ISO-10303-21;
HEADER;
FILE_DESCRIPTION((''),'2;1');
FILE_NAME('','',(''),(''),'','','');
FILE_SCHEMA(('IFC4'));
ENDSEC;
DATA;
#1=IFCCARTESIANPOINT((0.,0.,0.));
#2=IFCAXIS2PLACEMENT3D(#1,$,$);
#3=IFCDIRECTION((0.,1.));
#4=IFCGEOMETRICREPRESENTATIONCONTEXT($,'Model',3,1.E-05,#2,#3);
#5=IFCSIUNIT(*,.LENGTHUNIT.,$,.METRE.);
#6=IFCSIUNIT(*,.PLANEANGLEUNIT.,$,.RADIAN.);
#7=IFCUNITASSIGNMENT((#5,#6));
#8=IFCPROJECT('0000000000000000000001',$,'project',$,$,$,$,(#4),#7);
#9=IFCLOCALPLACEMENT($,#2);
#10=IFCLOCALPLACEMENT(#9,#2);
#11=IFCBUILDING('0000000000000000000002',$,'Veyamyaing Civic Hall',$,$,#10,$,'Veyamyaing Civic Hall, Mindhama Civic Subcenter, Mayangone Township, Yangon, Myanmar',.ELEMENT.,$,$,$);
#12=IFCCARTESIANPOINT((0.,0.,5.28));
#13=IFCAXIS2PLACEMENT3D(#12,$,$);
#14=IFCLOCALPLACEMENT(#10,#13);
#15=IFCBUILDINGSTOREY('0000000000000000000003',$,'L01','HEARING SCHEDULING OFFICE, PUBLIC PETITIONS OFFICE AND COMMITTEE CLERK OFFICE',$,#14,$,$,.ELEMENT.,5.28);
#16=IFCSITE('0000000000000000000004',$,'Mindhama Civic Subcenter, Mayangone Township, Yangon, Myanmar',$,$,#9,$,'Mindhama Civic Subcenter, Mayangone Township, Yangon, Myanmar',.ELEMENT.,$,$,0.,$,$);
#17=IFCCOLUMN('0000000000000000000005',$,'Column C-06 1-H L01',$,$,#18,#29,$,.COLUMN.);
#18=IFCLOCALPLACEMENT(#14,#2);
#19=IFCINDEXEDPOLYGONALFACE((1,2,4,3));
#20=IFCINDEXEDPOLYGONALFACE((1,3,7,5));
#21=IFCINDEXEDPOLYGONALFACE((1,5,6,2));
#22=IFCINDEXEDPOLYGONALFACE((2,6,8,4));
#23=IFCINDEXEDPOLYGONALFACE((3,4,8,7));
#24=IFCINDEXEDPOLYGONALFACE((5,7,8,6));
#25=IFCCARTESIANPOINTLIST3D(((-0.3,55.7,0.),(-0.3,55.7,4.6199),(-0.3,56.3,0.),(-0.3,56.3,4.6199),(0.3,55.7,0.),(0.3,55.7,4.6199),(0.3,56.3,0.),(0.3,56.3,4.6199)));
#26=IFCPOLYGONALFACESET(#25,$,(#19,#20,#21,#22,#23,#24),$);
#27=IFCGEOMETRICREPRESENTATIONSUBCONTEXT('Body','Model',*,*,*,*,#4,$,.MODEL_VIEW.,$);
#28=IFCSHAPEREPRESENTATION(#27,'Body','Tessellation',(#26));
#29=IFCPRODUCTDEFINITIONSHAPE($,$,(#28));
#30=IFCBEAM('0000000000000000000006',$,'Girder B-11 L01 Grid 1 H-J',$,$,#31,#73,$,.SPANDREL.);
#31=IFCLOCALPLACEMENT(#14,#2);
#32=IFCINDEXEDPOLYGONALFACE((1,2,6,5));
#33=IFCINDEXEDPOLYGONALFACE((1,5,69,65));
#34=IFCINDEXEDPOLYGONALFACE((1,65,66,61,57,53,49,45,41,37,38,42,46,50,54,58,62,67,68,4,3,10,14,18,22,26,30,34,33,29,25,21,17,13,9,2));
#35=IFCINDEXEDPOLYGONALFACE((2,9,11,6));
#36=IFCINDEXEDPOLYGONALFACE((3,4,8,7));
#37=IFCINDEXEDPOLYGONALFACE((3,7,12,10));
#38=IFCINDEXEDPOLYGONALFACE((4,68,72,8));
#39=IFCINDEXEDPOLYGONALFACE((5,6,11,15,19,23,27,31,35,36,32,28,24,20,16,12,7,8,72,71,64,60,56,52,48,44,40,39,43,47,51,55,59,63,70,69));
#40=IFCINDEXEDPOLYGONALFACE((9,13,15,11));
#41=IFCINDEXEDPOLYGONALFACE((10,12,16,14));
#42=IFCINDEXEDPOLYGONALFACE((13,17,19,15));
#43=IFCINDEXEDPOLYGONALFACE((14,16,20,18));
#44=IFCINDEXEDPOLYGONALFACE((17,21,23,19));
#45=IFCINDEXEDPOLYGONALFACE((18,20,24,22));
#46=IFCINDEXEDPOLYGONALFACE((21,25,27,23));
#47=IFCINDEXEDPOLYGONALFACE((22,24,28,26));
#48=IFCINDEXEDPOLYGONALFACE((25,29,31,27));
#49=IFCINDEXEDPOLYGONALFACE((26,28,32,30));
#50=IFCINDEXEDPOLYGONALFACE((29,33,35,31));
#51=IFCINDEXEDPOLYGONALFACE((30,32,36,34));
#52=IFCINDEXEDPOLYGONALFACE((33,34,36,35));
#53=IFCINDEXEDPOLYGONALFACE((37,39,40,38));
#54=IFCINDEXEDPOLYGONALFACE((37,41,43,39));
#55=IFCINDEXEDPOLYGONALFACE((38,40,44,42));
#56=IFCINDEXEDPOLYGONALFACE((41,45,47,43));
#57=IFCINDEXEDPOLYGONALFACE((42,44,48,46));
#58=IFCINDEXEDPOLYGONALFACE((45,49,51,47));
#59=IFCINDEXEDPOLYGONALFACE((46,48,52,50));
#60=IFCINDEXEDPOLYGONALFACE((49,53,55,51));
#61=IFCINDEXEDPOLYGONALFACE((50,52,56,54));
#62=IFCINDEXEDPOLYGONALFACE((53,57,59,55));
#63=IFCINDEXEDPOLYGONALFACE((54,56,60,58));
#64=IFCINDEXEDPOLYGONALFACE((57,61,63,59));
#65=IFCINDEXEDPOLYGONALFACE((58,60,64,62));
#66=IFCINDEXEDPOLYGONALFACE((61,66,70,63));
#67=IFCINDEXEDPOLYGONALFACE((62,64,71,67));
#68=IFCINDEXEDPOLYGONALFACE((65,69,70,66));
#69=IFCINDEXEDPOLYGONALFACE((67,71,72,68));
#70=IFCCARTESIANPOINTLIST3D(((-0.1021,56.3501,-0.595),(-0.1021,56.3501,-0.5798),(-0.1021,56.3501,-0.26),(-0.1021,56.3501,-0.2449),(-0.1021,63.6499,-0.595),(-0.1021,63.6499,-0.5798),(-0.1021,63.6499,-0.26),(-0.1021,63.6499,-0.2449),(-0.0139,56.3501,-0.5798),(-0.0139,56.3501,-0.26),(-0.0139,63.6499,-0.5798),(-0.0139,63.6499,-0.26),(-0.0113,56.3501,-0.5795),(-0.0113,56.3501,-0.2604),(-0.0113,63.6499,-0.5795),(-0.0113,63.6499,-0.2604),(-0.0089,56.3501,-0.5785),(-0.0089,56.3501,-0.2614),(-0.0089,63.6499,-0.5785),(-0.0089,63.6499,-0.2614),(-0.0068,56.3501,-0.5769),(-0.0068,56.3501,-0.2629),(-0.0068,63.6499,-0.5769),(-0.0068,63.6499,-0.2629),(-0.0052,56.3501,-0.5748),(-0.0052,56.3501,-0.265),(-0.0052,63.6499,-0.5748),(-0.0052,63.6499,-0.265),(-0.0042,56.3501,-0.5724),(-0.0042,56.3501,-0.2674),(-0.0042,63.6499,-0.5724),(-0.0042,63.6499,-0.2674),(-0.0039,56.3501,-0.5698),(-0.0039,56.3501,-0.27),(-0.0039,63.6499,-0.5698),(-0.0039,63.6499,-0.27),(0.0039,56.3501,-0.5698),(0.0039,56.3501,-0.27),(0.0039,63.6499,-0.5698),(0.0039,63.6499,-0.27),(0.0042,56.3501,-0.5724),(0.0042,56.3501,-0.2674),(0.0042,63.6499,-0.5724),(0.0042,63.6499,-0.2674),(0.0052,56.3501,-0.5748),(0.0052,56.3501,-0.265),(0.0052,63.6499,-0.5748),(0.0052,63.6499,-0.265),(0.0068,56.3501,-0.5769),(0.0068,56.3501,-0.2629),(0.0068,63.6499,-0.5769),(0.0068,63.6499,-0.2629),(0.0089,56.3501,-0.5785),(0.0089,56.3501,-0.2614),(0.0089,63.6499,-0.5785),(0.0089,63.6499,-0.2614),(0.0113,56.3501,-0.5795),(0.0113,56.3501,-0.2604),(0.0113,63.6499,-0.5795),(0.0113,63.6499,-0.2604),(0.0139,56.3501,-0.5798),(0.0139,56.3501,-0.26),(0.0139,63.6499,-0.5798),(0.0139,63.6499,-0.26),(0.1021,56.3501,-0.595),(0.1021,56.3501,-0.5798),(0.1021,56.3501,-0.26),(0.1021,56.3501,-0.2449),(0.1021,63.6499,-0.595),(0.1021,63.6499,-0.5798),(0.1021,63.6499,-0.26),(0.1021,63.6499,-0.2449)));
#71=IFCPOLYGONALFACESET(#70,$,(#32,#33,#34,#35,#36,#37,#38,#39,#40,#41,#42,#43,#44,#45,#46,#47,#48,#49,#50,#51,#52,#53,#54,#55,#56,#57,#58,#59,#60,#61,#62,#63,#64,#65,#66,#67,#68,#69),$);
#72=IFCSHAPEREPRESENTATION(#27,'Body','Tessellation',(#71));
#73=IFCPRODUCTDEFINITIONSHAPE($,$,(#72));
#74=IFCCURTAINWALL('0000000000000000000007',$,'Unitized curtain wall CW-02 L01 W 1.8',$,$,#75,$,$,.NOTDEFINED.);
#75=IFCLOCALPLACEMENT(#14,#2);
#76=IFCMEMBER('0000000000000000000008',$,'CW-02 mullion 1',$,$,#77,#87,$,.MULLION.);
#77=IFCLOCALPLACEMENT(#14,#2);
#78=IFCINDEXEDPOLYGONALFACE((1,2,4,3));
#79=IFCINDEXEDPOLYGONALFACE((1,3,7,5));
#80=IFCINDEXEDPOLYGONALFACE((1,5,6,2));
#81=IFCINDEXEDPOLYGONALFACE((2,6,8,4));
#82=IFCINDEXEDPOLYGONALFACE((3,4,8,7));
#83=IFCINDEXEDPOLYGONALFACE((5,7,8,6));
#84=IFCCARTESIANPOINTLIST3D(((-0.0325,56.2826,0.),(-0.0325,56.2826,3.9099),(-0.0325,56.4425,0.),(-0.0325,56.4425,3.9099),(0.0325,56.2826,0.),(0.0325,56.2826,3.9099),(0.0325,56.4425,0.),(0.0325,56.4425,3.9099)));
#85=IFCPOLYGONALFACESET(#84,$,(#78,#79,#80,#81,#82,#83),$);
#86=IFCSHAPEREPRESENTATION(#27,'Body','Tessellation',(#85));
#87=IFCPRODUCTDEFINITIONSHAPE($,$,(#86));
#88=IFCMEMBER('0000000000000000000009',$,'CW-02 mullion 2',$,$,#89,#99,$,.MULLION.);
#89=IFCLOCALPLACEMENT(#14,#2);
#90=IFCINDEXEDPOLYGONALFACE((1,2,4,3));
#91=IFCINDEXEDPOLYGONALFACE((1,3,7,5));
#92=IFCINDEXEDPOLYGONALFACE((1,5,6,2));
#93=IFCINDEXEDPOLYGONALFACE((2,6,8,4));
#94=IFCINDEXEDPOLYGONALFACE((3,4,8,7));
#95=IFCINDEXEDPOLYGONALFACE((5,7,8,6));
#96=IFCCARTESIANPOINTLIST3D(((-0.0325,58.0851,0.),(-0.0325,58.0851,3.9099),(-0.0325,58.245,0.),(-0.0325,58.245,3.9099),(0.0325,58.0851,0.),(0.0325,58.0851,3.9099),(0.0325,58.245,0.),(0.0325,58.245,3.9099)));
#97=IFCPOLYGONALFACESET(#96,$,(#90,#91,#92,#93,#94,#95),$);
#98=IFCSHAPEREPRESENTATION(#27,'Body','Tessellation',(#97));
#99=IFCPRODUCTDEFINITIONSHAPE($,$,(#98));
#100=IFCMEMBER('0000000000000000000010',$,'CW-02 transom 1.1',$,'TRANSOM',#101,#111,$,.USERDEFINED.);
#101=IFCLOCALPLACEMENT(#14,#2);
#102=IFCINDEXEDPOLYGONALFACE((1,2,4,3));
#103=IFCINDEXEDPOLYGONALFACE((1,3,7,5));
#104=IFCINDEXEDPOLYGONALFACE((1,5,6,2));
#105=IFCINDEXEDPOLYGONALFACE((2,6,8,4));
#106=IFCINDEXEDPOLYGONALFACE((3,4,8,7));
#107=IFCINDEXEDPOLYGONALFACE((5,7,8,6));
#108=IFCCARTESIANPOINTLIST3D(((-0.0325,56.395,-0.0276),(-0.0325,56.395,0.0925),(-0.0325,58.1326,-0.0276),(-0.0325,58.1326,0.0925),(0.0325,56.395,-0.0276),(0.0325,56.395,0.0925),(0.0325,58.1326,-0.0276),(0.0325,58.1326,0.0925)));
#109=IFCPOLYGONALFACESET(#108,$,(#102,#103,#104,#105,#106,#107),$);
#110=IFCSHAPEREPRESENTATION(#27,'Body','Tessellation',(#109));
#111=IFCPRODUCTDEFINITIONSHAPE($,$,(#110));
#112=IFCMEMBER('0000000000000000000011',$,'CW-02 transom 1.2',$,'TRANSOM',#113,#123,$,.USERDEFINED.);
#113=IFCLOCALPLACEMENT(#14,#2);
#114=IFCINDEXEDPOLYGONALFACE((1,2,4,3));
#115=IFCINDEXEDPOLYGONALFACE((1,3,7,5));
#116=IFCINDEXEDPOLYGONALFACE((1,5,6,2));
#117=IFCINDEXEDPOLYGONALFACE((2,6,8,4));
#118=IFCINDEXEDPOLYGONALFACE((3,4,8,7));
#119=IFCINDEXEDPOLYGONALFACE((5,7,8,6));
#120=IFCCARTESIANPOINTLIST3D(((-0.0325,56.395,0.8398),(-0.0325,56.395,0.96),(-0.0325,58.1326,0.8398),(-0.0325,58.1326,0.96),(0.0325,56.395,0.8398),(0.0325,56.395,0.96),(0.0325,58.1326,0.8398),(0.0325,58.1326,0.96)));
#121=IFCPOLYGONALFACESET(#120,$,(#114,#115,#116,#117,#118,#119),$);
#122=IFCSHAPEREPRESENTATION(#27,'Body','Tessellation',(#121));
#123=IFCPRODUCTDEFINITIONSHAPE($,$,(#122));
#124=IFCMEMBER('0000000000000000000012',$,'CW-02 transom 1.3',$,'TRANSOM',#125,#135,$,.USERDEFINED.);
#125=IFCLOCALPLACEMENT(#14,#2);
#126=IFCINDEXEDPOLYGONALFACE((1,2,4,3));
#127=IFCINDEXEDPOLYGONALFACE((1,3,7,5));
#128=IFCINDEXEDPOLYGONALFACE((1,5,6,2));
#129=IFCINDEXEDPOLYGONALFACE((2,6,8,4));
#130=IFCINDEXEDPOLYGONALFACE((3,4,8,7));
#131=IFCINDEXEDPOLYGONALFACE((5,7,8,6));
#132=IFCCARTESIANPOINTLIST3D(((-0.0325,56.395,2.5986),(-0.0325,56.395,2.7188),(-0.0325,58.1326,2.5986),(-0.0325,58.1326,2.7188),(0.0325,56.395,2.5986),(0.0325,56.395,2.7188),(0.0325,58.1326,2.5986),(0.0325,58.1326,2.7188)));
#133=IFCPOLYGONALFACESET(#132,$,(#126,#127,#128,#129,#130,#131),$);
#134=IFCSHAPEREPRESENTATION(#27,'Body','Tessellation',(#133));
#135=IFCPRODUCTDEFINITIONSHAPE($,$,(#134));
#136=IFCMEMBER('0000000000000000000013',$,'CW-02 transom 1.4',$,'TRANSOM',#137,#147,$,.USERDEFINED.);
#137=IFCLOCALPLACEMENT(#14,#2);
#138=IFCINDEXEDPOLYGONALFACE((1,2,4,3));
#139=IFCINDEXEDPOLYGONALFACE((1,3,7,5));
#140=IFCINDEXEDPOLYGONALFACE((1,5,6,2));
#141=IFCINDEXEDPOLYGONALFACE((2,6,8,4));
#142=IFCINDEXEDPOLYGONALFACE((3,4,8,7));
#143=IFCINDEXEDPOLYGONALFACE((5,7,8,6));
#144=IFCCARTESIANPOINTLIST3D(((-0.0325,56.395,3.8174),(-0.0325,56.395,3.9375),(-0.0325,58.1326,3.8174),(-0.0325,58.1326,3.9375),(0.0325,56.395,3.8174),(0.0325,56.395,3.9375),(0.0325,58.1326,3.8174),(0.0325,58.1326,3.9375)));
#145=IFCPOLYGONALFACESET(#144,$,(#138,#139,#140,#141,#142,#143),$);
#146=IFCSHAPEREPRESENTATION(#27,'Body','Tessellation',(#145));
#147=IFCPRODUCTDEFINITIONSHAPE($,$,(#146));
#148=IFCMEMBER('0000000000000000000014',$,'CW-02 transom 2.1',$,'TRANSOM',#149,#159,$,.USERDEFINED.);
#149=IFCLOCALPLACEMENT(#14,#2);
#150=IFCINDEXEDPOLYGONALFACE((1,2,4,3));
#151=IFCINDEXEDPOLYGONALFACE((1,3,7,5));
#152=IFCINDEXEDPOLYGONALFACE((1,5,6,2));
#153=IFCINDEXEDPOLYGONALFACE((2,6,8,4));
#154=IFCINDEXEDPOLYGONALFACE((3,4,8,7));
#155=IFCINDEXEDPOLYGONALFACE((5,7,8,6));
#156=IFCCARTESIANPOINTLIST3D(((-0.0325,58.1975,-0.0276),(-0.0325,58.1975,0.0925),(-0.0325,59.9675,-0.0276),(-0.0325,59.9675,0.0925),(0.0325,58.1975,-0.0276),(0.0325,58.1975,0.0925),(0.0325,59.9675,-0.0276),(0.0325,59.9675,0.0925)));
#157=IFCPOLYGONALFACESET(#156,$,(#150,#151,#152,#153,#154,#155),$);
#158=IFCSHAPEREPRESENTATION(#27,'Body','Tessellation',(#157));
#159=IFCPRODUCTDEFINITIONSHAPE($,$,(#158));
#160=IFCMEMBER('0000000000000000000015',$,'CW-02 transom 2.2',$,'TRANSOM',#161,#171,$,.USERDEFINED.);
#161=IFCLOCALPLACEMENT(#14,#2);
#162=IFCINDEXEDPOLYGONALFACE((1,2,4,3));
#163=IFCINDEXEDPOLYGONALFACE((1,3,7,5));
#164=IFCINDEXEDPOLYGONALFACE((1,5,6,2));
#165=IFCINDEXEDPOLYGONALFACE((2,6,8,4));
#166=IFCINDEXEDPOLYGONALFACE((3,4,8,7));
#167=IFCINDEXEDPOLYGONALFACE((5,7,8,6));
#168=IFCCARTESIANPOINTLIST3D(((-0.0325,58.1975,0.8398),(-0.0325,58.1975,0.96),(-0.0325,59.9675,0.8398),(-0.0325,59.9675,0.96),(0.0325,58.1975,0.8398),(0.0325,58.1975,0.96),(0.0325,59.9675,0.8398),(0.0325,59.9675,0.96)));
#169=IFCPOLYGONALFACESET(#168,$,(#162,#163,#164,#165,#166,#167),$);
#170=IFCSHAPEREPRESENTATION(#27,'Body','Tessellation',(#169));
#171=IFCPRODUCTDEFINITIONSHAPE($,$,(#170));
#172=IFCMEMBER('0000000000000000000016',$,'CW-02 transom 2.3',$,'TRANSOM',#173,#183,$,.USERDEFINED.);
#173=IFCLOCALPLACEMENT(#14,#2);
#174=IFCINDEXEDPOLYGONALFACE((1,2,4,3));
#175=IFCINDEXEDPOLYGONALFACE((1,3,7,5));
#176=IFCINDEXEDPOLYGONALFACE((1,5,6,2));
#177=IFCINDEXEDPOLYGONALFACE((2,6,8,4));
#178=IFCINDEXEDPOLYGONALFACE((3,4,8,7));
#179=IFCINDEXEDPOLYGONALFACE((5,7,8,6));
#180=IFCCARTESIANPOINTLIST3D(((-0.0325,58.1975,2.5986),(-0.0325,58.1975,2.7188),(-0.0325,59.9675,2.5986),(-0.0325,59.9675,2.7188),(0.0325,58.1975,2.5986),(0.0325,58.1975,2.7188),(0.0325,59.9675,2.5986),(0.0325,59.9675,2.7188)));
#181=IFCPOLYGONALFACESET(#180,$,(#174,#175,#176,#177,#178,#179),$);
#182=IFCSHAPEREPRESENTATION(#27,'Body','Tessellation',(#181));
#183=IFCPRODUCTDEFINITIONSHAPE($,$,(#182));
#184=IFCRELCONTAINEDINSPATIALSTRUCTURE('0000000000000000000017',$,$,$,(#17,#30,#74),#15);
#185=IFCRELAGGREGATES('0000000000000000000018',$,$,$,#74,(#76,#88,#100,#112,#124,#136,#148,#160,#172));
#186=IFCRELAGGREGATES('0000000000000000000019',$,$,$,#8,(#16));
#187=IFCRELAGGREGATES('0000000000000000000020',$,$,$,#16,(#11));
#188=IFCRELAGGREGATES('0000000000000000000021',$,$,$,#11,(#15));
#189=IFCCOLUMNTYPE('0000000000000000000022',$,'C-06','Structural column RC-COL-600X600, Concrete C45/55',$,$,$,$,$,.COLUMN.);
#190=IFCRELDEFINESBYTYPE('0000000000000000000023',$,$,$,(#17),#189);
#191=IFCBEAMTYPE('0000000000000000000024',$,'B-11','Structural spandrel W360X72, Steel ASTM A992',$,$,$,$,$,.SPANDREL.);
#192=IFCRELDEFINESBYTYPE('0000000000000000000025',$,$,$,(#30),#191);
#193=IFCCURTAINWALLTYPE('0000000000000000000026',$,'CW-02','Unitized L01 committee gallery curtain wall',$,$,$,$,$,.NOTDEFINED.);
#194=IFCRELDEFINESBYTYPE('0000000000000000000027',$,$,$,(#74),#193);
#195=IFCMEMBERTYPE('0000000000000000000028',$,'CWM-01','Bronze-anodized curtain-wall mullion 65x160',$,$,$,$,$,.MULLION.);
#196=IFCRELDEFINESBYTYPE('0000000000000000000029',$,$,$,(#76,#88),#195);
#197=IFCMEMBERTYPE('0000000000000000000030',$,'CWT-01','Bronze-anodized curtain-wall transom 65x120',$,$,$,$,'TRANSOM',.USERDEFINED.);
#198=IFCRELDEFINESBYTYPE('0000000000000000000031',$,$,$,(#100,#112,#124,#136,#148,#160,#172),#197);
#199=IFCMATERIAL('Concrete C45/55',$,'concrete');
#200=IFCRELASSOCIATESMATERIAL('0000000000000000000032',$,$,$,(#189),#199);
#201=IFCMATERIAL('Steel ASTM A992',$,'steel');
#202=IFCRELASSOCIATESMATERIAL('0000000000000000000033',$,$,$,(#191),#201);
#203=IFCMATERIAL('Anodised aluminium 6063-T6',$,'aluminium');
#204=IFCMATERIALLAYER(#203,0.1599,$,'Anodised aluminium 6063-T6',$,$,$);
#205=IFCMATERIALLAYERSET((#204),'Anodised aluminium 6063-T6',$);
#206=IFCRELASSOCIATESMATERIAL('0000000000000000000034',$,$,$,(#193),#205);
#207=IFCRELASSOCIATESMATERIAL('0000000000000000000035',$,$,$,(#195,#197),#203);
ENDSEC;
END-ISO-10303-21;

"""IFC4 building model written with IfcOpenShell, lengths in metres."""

from ifc_helpers import new_model, si_unit, direction, frame, origin, origin_2d, place, context, subcontext, project, spatial, rectangle, i_section, extrude, material, layer, layer_set, material_profile, profile_set, type_object, element, aggregate, save


model = new_model("IFC4")

# Units and contexts
model_context = context("Model", 3, precision=1e-05, world=origin(), true_north=direction((0.0, 1.0)))
body_context = subcontext(model_context, "Body", "Model", "MODEL_VIEW")
ifc_project = project(units=[si_unit("LENGTHUNIT", "METRE"), si_unit("PLANEANGLEUNIT", "RADIAN")], contexts=[model_context])

# Site, building, storey
site_placement = place(None, origin())
site = spatial("IfcSite", under=ifc_project, at=site_placement, Name="Mindhama Civic Subcenter, Mayangone Township, Yangon, Myanmar", LongName="Mindhama Civic Subcenter, Mayangone Township, Yangon, Myanmar", CompositionType="ELEMENT", RefElevation=0.0)
building_placement = place(site_placement, origin())
building = spatial("IfcBuilding", under=site, at=building_placement, Name="Veyamyaing Civic Hall", LongName="Veyamyaing Civic Hall, Mindhama Civic Subcenter, Mayangone Township, Yangon, Myanmar", CompositionType="ELEMENT")
storey_placement = place(building_placement, frame((0.0, 0.0, 5.28)))
storey = spatial("IfcBuildingStorey", under=building, at=storey_placement, Name="L01", Description="HEARING SCHEDULING OFFICE, PUBLIC PETITIONS OFFICE AND COMMITTEE CLERK OFFICE", CompositionType="ELEMENT", Elevation=5.28)

# Column
ifc_material_1 = material(Name="Concrete C45/55", Category="concrete")
ifc_material_profile_1 = material_profile(ifc_material_1, rectangle(XDim=0.6001, YDim=0.6001, at=origin_2d()), Name="RC-COL-600X600")
ifc_profile_set_1 = profile_set([ifc_material_profile_1], Name="Concrete C45/55")
column_type = type_object("IfcColumnType", Name="C-06", Description="Structural column RC-COL-600X600, Concrete C45/55", PredefinedType="COLUMN", material=ifc_profile_set_1)
column_placement = place(storey_placement, frame((0.0, 56.0, 0.0), z_axis=(0.0, 0.0, 1.0), x_axis=(1.0, 0.0, 0.0)))
element("IfcColumn", 1, at=column_placement, inside=storey, type_object=column_type, Name="Column C-06 1-H L01", PredefinedType="COLUMN", context=body_context, shape_type="SweptSolid", body=[
    extrude(rectangle(XDim=0.6001, YDim=0.6001, at=origin_2d()), origin(), (0.0, 0.0, 1.0), 4.6199),
])

# Beam
ifc_material_2 = material(Name="Steel ASTM A992", Category="steel")
ifc_material_profile_2 = material_profile(ifc_material_2, i_section(OverallWidth=0.2041, OverallDepth=0.3501, WebThickness=0.0078, FlangeThickness=0.0151, FilletRadius=0.01, at=origin_2d()), Name="W360X72")
ifc_profile_set_2 = profile_set([ifc_material_profile_2], Name="Steel ASTM A992")
beam_type = type_object("IfcBeamType", Name="B-11", Description="Structural spandrel W360X72, Steel ASTM A992", PredefinedType="SPANDREL", material=ifc_profile_set_2)
beam_placement = place(storey_placement, frame((0.0, 56.3501, -0.4199), z_axis=(0.0, 1.0, 0.0), x_axis=(-1.0, 0.0, 0.0)))
element("IfcBeam", 2, at=beam_placement, inside=storey, type_object=beam_type, Name="Girder B-11 L01 Grid 1 H-J", PredefinedType="SPANDREL", context=body_context, shape_type="SweptSolid", body=[
    extrude(i_section(OverallWidth=0.2041, OverallDepth=0.3501, WebThickness=0.0078, FlangeThickness=0.0151, FilletRadius=0.01, at=origin_2d()), origin(), (0.0, 0.0, 1.0), 7.2998),
])

# Curtain wall, members
ifc_material_3 = material(Name="Anodised aluminium 6063-T6", Category="aluminium")
ifc_layer_1 = layer(ifc_material_3, 0.1599, Name="Anodised aluminium 6063-T6")
ifc_layer_set_1 = layer_set([ifc_layer_1], Name="Anodised aluminium 6063-T6")
curtain_wall_type = type_object("IfcCurtainWallType", Name="CW-02", Description="Unitized L01 committee gallery curtain wall", PredefinedType="NOTDEFINED", material=ifc_layer_set_1)
curtain_wall_placement = place(storey_placement, origin())
curtain_wall = element("IfcCurtainWall", 3, at=curtain_wall_placement, inside=storey, type_object=curtain_wall_type, Name="Unitized curtain wall CW-02 L01 W 1.8", PredefinedType="NOTDEFINED")
ifc_material_profile_3 = material_profile(ifc_material_3, rectangle(XDim=0.0649, YDim=0.1599, at=origin_2d()), Name="ALU-MUL-65X160")
ifc_profile_set_3 = profile_set([ifc_material_profile_3], Name="Anodised aluminium 6063-T6")
member_type_1 = type_object("IfcMemberType", Name="CWM-01", Description="Bronze-anodized curtain-wall mullion 65x160", PredefinedType="MULLION", material=ifc_profile_set_3)
member_1_placement = place(storey_placement, frame((0.0, 56.3625, 0.0), z_axis=(0.0, 0.0, 1.0), x_axis=(-1.0, 0.0, 0.0)))
member_1 = element("IfcMember", 4, at=member_1_placement, type_object=member_type_1, Name="CW-02 mullion 1", PredefinedType="MULLION", context=body_context, shape_type="SweptSolid", body=[
    extrude(rectangle(XDim=0.0649, YDim=0.1599, at=origin_2d()), origin(), (0.0, 0.0, 1.0), 3.9099),
])
member_2_placement = place(storey_placement, frame((0.0, 58.165, 0.0), z_axis=(0.0, 0.0, 1.0), x_axis=(-1.0, 0.0, 0.0)))
member_2 = element("IfcMember", 5, at=member_2_placement, type_object=member_type_1, Name="CW-02 mullion 2", PredefinedType="MULLION", context=body_context, shape_type="SweptSolid", body=[
    extrude(rectangle(XDim=0.0649, YDim=0.1599, at=origin_2d()), origin(), (0.0, 0.0, 1.0), 3.9099),
])
ifc_material_profile_4 = material_profile(ifc_material_3, rectangle(XDim=0.0649, YDim=0.1201, at=origin_2d()), Name="ALU-TRN-65X120")
ifc_profile_set_4 = profile_set([ifc_material_profile_4], Name="Anodised aluminium 6063-T6")
member_type_2 = type_object("IfcMemberType", Name="CWT-01", Description="Bronze-anodized curtain-wall transom 65x120", ElementType="TRANSOM", PredefinedType="USERDEFINED", material=ifc_profile_set_4)
member_3_placement = place(storey_placement, frame((0.0, 56.395, 0.0325), z_axis=(0.0, 1.0, 0.0), x_axis=(-1.0, 0.0, 0.0)))
member_3 = element("IfcMember", 6, at=member_3_placement, type_object=member_type_2, Name="CW-02 transom 1.1", ObjectType="TRANSOM", PredefinedType="USERDEFINED", context=body_context, shape_type="SweptSolid", body=[
    extrude(rectangle(XDim=0.0649, YDim=0.1201, at=origin_2d()), origin(), (0.0, 0.0, 1.0), 1.7375),
])
member_4_placement = place(storey_placement, frame((0.0, 56.395, 0.8999), z_axis=(0.0, 1.0, 0.0), x_axis=(-1.0, 0.0, 0.0)))
member_4 = element("IfcMember", 7, at=member_4_placement, type_object=member_type_2, Name="CW-02 transom 1.2", ObjectType="TRANSOM", PredefinedType="USERDEFINED", context=body_context, shape_type="SweptSolid", body=[
    extrude(rectangle(XDim=0.0649, YDim=0.1201, at=origin_2d()), origin(), (0.0, 0.0, 1.0), 1.7375),
])
member_5_placement = place(storey_placement, frame((0.0, 56.395, 2.6587), z_axis=(0.0, 1.0, 0.0), x_axis=(-1.0, 0.0, 0.0)))
member_5 = element("IfcMember", 8, at=member_5_placement, type_object=member_type_2, Name="CW-02 transom 1.3", ObjectType="TRANSOM", PredefinedType="USERDEFINED", context=body_context, shape_type="SweptSolid", body=[
    extrude(rectangle(XDim=0.0649, YDim=0.1201, at=origin_2d()), origin(), (0.0, 0.0, 1.0), 1.7375),
])
member_6_placement = place(storey_placement, frame((0.0, 56.395, 3.8774), z_axis=(0.0, 1.0, 0.0), x_axis=(-1.0, 0.0, 0.0)))
member_6 = element("IfcMember", 9, at=member_6_placement, type_object=member_type_2, Name="CW-02 transom 1.4", ObjectType="TRANSOM", PredefinedType="USERDEFINED", context=body_context, shape_type="SweptSolid", body=[
    extrude(rectangle(XDim=0.0649, YDim=0.1201, at=origin_2d()), origin(), (0.0, 0.0, 1.0), 1.7375),
])
member_7_placement = place(storey_placement, frame((0.0, 58.1975, 0.0325), z_axis=(0.0, 1.0, 0.0), x_axis=(-1.0, 0.0, 0.0)))
member_7 = element("IfcMember", 10, at=member_7_placement, type_object=member_type_2, Name="CW-02 transom 2.1", ObjectType="TRANSOM", PredefinedType="USERDEFINED", context=body_context, shape_type="SweptSolid", body=[
    extrude(rectangle(XDim=0.0649, YDim=0.1201, at=origin_2d()), origin(), (0.0, 0.0, 1.0), 1.77),
])
member_8_placement = place(storey_placement, frame((0.0, 58.1975, 0.8999), z_axis=(0.0, 1.0, 0.0), x_axis=(-1.0, 0.0, 0.0)))
member_8 = element("IfcMember", 11, at=member_8_placement, type_object=member_type_2, Name="CW-02 transom 2.2", ObjectType="TRANSOM", PredefinedType="USERDEFINED", context=body_context, shape_type="SweptSolid", body=[
    extrude(rectangle(XDim=0.0649, YDim=0.1201, at=origin_2d()), origin(), (0.0, 0.0, 1.0), 1.77),
])
member_9_placement = place(storey_placement, frame((0.0, 58.1975, 2.6587), z_axis=(0.0, 1.0, 0.0), x_axis=(-1.0, 0.0, 0.0)))
member_9 = element("IfcMember", 12, at=member_9_placement, type_object=member_type_2, Name="CW-02 transom 2.3", ObjectType="TRANSOM", PredefinedType="USERDEFINED", context=body_context, shape_type="SweptSolid", body=[
    extrude(rectangle(XDim=0.0649, YDim=0.1201, at=origin_2d()), origin(), (0.0, 0.0, 1.0), 1.77),
])
aggregate(curtain_wall, [member_1, member_2, member_3, member_4, member_5, member_6, member_7, member_8, member_9])

save(model, "model.ifc")
